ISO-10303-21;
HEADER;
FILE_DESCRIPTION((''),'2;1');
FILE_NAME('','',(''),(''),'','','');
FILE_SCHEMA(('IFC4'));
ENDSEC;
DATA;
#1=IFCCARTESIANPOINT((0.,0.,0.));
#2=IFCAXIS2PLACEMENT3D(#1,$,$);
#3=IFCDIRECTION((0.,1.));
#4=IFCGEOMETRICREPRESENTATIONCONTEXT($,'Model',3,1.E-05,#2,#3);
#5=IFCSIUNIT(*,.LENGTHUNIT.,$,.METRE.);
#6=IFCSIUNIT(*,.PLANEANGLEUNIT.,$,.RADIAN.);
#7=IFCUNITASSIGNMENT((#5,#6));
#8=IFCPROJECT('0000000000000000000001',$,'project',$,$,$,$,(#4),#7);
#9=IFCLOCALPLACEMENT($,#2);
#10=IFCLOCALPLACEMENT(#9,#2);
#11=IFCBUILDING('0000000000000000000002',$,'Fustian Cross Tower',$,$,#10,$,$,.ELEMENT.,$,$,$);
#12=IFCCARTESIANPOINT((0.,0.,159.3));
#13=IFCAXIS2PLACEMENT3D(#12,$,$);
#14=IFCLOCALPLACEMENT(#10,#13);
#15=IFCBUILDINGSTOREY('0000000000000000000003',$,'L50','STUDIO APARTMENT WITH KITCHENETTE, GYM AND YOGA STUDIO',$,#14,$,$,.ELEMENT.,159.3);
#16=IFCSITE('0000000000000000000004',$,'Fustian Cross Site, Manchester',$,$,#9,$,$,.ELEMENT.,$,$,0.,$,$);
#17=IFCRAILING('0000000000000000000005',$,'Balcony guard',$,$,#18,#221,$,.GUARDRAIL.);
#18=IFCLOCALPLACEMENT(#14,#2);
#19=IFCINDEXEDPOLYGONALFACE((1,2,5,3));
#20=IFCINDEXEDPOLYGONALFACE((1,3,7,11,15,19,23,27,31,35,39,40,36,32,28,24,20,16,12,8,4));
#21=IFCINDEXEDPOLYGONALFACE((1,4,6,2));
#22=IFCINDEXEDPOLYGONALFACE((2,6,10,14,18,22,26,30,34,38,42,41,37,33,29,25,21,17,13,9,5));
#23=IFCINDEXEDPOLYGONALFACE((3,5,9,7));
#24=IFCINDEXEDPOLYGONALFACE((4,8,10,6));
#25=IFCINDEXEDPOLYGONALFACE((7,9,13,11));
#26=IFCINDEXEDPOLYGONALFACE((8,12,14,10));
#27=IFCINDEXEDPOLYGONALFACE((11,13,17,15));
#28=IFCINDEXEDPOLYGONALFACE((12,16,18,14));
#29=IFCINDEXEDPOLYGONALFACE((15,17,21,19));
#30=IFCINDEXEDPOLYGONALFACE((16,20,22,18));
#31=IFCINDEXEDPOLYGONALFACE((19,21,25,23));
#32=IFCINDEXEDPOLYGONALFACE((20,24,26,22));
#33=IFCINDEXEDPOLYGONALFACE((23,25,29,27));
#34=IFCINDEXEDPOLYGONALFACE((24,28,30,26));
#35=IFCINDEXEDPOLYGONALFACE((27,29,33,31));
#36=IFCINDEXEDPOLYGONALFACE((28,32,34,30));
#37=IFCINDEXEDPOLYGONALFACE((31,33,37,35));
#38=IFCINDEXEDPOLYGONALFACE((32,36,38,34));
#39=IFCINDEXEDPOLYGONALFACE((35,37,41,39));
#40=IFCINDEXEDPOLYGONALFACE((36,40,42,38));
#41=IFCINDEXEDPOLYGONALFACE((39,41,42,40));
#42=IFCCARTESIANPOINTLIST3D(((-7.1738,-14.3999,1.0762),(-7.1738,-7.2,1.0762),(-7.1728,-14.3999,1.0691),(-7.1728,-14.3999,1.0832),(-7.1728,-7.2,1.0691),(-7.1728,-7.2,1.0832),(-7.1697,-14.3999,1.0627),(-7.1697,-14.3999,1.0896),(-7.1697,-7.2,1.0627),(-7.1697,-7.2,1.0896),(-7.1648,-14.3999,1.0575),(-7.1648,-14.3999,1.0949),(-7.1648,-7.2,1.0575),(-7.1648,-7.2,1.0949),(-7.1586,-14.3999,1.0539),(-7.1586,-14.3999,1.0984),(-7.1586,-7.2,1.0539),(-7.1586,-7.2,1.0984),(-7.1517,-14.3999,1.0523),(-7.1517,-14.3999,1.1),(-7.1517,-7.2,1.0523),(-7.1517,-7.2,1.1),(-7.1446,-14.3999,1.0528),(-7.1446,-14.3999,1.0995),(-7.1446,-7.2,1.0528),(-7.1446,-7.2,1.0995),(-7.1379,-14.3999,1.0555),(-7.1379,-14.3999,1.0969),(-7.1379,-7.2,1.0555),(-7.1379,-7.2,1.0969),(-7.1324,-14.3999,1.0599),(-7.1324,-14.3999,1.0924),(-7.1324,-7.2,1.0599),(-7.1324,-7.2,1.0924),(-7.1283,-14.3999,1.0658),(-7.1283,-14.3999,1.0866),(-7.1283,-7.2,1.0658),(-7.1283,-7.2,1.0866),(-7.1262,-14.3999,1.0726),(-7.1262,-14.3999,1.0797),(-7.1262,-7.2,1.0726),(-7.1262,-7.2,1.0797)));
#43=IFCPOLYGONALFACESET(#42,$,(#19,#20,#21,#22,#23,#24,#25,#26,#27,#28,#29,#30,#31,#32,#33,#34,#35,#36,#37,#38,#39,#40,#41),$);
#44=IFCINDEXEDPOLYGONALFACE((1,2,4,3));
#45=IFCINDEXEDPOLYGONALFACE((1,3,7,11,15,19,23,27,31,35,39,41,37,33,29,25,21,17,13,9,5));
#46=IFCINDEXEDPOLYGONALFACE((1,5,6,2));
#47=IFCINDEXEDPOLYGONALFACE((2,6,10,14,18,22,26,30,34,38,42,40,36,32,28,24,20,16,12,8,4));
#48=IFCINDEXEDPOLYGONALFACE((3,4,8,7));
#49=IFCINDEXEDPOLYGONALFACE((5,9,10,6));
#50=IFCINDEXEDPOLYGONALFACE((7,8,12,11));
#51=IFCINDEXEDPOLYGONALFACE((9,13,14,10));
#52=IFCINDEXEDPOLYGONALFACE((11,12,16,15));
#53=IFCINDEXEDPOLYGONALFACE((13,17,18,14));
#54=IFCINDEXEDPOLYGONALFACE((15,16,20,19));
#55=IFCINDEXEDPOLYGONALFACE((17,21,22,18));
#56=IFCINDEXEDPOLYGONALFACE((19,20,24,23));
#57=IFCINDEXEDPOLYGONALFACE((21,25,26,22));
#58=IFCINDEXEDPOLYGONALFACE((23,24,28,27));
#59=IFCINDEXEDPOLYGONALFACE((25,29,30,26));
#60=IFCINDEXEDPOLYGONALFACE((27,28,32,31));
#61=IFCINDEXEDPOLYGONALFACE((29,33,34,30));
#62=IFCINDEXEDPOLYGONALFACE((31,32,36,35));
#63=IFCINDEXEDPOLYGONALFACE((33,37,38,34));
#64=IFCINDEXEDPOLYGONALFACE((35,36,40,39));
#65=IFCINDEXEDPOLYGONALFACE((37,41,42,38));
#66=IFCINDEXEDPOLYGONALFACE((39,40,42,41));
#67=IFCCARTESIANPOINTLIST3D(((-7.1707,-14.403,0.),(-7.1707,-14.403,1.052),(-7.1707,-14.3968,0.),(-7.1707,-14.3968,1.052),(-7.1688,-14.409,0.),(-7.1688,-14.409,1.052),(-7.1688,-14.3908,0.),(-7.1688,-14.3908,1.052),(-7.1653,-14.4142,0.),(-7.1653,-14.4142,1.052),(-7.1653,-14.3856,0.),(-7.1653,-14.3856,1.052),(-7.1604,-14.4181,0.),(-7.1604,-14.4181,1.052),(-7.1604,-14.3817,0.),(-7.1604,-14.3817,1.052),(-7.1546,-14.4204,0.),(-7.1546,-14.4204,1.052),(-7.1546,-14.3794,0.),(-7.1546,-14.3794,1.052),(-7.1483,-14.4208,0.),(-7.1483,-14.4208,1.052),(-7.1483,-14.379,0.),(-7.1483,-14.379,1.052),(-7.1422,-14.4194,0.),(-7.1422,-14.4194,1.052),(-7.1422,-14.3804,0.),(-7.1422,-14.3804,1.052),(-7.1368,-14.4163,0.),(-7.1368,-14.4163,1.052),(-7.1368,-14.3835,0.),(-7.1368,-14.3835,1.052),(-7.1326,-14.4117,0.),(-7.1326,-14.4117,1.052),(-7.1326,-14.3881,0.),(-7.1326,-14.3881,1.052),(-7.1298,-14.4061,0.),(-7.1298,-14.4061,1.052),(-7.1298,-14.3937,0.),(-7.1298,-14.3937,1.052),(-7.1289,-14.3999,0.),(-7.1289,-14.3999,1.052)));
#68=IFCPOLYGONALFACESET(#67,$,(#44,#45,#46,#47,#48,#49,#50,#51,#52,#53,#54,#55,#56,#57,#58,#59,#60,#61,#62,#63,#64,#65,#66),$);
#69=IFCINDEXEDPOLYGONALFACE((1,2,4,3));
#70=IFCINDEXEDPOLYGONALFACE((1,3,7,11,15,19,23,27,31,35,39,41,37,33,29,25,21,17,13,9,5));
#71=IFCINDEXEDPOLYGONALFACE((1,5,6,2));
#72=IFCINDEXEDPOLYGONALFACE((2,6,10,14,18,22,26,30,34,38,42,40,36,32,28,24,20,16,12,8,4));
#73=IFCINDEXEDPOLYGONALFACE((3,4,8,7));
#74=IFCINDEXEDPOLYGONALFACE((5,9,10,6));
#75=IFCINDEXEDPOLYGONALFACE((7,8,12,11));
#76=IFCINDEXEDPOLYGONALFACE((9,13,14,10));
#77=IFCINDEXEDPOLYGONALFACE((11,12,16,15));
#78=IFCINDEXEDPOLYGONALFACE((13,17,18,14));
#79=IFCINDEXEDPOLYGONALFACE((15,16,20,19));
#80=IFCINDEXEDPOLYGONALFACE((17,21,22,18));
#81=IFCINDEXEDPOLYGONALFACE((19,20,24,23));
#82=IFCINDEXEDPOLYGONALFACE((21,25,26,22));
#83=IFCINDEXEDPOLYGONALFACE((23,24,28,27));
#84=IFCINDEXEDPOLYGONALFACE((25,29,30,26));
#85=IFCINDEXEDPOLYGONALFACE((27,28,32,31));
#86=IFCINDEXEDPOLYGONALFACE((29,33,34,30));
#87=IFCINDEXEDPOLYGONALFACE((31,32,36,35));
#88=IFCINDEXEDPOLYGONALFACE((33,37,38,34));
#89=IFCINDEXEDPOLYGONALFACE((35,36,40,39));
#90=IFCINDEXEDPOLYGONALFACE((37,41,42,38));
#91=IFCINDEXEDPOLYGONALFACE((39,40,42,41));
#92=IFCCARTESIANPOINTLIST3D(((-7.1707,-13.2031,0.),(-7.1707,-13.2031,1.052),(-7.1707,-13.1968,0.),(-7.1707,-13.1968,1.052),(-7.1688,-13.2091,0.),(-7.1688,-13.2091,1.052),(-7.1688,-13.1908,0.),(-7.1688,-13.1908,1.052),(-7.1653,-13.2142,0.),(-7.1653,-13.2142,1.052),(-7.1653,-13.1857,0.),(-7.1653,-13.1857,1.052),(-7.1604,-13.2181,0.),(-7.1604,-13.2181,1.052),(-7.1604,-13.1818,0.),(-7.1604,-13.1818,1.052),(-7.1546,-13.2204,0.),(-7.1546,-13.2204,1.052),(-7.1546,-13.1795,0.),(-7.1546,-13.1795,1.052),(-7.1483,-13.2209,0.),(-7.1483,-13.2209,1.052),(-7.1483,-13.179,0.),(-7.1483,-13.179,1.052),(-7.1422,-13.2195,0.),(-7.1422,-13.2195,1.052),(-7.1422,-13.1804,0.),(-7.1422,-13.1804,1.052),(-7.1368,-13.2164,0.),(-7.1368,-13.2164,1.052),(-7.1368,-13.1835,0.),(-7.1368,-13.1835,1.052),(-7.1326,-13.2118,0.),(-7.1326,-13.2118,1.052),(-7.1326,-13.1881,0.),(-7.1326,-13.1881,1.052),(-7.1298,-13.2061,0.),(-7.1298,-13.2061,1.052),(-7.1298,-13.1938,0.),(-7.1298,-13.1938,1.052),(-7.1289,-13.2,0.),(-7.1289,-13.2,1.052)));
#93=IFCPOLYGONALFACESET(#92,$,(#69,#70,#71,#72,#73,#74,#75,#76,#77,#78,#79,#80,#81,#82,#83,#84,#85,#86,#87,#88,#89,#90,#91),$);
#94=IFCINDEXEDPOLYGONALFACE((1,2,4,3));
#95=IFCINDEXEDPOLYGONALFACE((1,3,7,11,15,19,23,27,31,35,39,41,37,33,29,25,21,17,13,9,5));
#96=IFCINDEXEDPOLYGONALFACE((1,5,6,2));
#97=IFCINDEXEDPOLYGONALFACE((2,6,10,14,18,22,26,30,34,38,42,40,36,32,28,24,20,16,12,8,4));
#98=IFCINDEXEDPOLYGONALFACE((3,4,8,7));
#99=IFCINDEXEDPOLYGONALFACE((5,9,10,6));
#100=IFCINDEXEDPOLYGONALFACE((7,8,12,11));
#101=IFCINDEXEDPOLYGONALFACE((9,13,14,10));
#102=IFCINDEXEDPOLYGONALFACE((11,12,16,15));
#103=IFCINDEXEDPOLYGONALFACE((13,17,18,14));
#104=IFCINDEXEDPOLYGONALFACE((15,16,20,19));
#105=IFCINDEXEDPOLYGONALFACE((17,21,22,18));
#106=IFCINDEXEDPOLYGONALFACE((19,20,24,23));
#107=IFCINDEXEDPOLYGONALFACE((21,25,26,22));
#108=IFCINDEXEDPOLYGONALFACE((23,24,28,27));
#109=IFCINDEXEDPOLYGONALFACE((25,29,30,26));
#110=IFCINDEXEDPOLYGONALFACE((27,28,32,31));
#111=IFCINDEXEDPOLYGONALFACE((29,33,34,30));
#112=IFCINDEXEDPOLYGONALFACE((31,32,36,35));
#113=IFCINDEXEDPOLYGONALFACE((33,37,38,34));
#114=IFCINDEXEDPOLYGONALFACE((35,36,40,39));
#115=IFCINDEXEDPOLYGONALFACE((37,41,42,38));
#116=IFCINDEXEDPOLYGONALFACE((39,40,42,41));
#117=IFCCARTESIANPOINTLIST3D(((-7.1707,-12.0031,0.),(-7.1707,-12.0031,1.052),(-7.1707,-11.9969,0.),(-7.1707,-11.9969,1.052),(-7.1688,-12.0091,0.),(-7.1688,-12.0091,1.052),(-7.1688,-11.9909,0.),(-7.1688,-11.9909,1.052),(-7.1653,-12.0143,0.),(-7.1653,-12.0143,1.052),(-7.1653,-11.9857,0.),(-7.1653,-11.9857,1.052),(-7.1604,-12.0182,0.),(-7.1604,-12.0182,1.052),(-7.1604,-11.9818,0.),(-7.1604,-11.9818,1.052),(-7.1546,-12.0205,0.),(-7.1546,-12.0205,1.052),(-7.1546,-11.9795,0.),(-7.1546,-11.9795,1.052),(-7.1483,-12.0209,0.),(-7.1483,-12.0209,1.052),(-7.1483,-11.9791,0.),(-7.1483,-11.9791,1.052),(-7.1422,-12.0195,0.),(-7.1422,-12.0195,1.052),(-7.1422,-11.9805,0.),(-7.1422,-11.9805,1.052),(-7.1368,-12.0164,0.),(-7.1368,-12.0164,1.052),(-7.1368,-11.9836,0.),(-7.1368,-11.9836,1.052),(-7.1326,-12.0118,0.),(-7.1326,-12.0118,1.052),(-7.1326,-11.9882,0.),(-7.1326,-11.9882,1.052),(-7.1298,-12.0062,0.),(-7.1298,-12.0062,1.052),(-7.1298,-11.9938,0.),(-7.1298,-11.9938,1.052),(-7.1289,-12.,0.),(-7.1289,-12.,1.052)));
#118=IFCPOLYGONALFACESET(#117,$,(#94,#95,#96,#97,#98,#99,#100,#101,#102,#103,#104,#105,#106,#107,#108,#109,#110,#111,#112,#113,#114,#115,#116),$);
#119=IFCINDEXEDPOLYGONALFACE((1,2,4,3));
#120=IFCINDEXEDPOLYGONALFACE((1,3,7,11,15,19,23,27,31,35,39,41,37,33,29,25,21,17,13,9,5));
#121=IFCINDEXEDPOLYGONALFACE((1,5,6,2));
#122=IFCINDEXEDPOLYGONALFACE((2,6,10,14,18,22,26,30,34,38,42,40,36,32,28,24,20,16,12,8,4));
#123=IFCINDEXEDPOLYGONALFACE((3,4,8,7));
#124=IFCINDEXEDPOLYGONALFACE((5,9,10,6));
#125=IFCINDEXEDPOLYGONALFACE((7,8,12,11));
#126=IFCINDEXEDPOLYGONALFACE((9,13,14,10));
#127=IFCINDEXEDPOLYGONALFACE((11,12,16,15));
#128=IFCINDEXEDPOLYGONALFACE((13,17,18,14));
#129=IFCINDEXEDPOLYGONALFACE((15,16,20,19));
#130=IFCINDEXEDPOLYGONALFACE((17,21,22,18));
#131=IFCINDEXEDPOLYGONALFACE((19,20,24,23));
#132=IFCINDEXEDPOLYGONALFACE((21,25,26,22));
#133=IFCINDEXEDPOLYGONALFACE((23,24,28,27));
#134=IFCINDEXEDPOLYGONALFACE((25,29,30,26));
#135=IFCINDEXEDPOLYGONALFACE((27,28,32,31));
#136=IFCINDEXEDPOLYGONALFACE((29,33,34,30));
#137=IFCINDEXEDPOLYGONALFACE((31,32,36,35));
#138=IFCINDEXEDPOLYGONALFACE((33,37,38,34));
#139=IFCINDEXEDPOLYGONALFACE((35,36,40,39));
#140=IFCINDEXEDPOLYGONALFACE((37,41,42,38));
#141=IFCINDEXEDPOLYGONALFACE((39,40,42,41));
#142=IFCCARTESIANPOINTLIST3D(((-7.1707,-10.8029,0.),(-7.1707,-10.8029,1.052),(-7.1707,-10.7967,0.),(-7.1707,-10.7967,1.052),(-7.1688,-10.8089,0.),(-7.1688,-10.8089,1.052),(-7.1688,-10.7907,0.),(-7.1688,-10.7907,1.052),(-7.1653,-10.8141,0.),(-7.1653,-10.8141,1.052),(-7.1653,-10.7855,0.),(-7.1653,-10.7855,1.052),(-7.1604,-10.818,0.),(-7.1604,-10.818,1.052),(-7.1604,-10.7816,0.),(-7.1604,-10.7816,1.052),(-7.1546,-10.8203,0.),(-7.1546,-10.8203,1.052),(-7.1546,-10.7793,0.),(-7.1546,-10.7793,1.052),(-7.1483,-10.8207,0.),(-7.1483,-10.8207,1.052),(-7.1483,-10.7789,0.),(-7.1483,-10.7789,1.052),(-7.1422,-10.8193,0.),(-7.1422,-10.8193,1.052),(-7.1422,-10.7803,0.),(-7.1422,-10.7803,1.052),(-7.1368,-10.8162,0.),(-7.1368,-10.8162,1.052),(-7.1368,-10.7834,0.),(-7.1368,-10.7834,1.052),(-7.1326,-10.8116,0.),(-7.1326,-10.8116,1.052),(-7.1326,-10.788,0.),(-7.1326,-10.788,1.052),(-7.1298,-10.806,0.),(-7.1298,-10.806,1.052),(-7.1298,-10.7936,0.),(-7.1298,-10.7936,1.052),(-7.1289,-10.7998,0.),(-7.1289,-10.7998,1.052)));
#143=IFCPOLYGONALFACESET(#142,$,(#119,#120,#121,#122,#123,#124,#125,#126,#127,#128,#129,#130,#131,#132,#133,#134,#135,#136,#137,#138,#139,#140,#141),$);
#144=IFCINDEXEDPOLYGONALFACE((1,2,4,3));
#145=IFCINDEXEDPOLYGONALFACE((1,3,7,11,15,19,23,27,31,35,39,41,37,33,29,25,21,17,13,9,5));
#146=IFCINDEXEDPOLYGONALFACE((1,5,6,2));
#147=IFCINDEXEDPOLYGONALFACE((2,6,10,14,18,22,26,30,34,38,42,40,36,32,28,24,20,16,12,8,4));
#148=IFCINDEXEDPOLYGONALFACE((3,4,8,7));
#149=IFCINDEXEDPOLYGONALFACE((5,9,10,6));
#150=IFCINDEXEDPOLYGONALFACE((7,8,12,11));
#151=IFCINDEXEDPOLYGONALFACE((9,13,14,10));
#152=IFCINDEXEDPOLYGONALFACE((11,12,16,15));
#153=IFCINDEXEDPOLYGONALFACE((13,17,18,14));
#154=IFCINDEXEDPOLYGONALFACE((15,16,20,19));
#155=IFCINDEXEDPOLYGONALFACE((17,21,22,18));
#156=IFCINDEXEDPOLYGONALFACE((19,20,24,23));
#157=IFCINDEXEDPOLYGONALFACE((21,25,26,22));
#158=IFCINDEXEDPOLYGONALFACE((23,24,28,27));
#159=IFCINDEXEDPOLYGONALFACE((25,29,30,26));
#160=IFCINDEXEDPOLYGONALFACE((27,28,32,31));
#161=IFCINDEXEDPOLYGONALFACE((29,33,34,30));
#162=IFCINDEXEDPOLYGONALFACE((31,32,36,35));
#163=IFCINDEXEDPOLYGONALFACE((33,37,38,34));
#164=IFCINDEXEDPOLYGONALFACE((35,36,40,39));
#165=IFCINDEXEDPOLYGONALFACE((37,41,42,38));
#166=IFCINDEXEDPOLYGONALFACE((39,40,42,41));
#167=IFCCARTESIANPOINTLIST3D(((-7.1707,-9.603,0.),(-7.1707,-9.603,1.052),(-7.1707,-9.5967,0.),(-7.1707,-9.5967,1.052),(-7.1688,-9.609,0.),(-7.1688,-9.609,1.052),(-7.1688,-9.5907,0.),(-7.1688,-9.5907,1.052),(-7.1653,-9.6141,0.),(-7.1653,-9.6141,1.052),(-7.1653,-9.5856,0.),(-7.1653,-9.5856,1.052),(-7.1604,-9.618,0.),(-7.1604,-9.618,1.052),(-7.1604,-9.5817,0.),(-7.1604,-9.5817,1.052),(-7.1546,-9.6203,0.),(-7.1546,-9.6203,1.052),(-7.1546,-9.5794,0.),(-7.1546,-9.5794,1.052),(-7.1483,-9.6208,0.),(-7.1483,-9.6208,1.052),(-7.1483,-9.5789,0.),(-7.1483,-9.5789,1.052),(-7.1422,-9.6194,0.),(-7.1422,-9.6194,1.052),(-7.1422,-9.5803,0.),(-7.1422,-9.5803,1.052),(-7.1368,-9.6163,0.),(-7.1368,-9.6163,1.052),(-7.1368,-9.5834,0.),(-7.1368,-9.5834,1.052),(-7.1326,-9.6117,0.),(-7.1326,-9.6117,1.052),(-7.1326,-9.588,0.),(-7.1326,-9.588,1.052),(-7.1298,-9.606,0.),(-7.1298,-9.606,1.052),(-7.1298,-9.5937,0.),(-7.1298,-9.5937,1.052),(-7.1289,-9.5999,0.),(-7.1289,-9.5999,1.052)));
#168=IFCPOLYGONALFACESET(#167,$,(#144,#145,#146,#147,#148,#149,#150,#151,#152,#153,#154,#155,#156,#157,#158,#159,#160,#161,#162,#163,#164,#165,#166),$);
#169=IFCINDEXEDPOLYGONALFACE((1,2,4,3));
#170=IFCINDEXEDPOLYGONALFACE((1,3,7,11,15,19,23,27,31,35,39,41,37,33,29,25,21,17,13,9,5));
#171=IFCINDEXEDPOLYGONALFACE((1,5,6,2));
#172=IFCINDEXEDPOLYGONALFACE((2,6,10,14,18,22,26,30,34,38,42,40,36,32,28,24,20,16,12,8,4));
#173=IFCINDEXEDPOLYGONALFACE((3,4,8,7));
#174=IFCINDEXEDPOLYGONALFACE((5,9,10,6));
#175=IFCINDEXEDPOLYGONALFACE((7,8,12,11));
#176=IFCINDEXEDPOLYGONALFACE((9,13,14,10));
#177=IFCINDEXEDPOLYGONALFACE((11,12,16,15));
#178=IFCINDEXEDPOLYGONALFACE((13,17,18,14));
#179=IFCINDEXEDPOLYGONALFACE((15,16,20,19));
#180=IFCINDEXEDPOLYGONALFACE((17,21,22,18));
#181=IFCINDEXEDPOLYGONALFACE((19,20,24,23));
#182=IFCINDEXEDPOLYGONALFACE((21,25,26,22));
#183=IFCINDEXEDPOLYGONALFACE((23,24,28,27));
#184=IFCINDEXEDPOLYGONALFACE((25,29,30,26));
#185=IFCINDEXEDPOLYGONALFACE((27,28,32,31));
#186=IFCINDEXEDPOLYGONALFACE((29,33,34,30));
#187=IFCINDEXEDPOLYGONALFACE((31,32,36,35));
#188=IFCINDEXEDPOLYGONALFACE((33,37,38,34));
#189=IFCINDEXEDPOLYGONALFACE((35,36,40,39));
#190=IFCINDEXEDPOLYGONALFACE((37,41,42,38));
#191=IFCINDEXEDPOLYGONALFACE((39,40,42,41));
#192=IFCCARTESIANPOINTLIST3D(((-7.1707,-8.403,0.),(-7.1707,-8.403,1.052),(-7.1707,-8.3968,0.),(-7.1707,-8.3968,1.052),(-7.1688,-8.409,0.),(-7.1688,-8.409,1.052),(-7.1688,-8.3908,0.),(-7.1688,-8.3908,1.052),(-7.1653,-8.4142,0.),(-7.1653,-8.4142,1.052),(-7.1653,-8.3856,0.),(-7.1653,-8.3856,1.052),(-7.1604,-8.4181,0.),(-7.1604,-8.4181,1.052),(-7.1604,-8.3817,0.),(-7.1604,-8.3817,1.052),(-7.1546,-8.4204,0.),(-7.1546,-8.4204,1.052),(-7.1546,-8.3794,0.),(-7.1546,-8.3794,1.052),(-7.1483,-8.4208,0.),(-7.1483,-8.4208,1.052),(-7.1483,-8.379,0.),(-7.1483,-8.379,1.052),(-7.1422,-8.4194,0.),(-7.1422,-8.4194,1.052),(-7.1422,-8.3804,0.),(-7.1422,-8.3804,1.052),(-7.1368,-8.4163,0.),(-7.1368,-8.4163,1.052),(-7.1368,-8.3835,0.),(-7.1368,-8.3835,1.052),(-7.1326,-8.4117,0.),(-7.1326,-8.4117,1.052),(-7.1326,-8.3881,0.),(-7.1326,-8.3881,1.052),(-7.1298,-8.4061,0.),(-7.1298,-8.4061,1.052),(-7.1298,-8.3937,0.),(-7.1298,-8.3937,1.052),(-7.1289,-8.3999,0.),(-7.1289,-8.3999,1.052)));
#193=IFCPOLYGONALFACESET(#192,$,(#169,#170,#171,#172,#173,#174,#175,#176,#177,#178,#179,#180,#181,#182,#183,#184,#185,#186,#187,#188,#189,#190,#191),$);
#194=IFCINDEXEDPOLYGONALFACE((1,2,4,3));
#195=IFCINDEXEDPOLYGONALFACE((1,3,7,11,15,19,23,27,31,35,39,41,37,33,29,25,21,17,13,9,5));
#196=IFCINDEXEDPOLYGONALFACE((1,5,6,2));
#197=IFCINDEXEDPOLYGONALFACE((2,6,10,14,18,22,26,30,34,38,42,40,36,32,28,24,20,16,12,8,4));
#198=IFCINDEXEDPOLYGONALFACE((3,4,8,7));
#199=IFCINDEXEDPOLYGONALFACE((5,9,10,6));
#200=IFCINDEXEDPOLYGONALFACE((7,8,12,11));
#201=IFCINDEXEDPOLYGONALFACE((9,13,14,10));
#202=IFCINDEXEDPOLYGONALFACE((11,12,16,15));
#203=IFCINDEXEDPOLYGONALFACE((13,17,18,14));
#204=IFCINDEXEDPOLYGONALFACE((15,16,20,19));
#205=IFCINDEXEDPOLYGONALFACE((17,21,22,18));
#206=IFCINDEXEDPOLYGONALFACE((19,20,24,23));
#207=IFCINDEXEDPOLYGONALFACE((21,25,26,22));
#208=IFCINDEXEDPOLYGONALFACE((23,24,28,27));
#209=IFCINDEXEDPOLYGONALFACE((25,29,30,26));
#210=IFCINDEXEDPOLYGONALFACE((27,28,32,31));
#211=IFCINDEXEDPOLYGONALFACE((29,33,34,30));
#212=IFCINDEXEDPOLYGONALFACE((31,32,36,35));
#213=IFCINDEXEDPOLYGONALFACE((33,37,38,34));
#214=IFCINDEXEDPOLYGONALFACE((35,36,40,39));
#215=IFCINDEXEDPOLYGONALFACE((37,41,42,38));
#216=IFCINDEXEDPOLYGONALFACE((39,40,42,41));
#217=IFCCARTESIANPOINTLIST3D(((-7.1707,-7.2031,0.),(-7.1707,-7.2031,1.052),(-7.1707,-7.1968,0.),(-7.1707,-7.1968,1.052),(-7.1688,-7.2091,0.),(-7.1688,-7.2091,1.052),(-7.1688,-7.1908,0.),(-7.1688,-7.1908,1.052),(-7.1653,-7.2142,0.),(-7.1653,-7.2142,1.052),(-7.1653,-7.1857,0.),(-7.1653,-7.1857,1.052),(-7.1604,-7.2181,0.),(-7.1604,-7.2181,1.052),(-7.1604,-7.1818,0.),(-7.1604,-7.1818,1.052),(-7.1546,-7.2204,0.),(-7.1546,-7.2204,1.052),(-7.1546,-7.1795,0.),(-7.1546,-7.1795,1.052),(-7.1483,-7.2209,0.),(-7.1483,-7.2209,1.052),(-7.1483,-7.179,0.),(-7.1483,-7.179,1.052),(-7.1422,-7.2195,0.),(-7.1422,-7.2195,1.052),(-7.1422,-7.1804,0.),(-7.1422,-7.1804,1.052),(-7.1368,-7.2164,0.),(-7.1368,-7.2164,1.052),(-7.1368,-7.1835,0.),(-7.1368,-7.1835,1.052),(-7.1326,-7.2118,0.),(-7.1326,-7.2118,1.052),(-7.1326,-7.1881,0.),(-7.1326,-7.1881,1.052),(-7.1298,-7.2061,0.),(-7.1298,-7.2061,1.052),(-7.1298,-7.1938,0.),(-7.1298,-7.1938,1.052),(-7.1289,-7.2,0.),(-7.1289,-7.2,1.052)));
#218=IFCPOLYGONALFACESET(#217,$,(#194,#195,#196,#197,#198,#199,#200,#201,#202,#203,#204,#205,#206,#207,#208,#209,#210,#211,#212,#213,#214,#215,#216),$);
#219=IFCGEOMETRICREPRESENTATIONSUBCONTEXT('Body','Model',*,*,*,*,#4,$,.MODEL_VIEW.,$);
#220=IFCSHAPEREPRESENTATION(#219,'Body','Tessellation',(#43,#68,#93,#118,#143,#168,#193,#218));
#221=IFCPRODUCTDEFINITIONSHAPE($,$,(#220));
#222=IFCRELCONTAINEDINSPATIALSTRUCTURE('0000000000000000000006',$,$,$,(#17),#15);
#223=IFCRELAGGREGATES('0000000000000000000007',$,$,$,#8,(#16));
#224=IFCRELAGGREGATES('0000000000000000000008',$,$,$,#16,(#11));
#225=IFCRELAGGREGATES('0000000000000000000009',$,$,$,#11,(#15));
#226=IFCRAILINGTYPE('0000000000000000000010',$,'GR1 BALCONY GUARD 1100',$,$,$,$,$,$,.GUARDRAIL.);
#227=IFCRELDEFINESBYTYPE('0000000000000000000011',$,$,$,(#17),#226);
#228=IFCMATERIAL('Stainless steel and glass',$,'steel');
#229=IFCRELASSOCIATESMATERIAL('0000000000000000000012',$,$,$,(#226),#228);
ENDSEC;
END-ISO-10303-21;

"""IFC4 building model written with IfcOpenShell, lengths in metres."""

from ifc_helpers import new_model, si_unit, direction, frame, origin, origin_2d, place, context, subcontext, project, spatial, circle, extrude, material, type_object, element, save


model = new_model("IFC4")

# Units and contexts
model_context = context("Model", 3, precision=1e-05, world=origin(), true_north=direction((0.0, 1.0)))
body_context = subcontext(model_context, "Body", "Model", "MODEL_VIEW")
ifc_project = project(units=[si_unit("LENGTHUNIT", "METRE"), si_unit("PLANEANGLEUNIT", "RADIAN")], contexts=[model_context])

# Site, building, storey
site_placement = place(None, origin())
site = spatial("IfcSite", under=ifc_project, at=site_placement, Name="Fustian Cross Site, Manchester", CompositionType="ELEMENT", RefElevation=0.0)
building_placement = place(site_placement, origin())
building = spatial("IfcBuilding", under=site, at=building_placement, Name="Fustian Cross Tower", CompositionType="ELEMENT")
storey_placement = place(building_placement, frame((0.0, 0.0, 159.3)))
storey = spatial("IfcBuildingStorey", under=building, at=storey_placement, Name="L50", Description="STUDIO APARTMENT WITH KITCHENETTE, GYM AND YOGA STUDIO", CompositionType="ELEMENT", Elevation=159.3)

# Railing
ifc_material_1 = material(Name="Stainless steel and glass", Category="steel")
railing_type = type_object("IfcRailingType", Name="GR1 BALCONY GUARD 1100", PredefinedType="GUARDRAIL", material=ifc_material_1)
railing_placement = place(storey_placement, frame((-7.1499, -14.3999, 0.0)))
element("IfcRailing", 1, at=railing_placement, inside=storey, type_object=railing_type, Name="Balcony guard", PredefinedType="GUARDRAIL", context=body_context, shape_type="SweptSolid", body=[
    extrude(circle(Radius=0.0239, at=origin_2d()), frame((0.0, 0.0, 1.0762), z_axis=(0.0, 1.0, 0.0), x_axis=(-1.0, 0.0, 0.0)), (0.0, 0.0, 1.0), 7.2),
    extrude(circle(Radius=0.021, at=origin_2d()), origin(), (0.0, 0.0, 1.0), 1.052),
    extrude(circle(Radius=0.021, at=origin_2d()), frame((0.0, 1.2, 0.0)), (0.0, 0.0, 1.0), 1.052),
    extrude(circle(Radius=0.021, at=origin_2d()), frame((0.0, 2.3999, 0.0)), (0.0, 0.0, 1.0), 1.052),
    extrude(circle(Radius=0.021, at=origin_2d()), frame((0.0, 3.6001, 0.0)), (0.0, 0.0, 1.0), 1.052),
    extrude(circle(Radius=0.021, at=origin_2d()), frame((0.0, 4.8, 0.0)), (0.0, 0.0, 1.0), 1.052),
    extrude(circle(Radius=0.021, at=origin_2d()), frame((0.0, 6.0, 0.0)), (0.0, 0.0, 1.0), 1.052),
    extrude(circle(Radius=0.021, at=origin_2d()), frame((0.0, 7.2, 0.0)), (0.0, 0.0, 1.0), 1.052),
])

save(model, "model.ifc")
